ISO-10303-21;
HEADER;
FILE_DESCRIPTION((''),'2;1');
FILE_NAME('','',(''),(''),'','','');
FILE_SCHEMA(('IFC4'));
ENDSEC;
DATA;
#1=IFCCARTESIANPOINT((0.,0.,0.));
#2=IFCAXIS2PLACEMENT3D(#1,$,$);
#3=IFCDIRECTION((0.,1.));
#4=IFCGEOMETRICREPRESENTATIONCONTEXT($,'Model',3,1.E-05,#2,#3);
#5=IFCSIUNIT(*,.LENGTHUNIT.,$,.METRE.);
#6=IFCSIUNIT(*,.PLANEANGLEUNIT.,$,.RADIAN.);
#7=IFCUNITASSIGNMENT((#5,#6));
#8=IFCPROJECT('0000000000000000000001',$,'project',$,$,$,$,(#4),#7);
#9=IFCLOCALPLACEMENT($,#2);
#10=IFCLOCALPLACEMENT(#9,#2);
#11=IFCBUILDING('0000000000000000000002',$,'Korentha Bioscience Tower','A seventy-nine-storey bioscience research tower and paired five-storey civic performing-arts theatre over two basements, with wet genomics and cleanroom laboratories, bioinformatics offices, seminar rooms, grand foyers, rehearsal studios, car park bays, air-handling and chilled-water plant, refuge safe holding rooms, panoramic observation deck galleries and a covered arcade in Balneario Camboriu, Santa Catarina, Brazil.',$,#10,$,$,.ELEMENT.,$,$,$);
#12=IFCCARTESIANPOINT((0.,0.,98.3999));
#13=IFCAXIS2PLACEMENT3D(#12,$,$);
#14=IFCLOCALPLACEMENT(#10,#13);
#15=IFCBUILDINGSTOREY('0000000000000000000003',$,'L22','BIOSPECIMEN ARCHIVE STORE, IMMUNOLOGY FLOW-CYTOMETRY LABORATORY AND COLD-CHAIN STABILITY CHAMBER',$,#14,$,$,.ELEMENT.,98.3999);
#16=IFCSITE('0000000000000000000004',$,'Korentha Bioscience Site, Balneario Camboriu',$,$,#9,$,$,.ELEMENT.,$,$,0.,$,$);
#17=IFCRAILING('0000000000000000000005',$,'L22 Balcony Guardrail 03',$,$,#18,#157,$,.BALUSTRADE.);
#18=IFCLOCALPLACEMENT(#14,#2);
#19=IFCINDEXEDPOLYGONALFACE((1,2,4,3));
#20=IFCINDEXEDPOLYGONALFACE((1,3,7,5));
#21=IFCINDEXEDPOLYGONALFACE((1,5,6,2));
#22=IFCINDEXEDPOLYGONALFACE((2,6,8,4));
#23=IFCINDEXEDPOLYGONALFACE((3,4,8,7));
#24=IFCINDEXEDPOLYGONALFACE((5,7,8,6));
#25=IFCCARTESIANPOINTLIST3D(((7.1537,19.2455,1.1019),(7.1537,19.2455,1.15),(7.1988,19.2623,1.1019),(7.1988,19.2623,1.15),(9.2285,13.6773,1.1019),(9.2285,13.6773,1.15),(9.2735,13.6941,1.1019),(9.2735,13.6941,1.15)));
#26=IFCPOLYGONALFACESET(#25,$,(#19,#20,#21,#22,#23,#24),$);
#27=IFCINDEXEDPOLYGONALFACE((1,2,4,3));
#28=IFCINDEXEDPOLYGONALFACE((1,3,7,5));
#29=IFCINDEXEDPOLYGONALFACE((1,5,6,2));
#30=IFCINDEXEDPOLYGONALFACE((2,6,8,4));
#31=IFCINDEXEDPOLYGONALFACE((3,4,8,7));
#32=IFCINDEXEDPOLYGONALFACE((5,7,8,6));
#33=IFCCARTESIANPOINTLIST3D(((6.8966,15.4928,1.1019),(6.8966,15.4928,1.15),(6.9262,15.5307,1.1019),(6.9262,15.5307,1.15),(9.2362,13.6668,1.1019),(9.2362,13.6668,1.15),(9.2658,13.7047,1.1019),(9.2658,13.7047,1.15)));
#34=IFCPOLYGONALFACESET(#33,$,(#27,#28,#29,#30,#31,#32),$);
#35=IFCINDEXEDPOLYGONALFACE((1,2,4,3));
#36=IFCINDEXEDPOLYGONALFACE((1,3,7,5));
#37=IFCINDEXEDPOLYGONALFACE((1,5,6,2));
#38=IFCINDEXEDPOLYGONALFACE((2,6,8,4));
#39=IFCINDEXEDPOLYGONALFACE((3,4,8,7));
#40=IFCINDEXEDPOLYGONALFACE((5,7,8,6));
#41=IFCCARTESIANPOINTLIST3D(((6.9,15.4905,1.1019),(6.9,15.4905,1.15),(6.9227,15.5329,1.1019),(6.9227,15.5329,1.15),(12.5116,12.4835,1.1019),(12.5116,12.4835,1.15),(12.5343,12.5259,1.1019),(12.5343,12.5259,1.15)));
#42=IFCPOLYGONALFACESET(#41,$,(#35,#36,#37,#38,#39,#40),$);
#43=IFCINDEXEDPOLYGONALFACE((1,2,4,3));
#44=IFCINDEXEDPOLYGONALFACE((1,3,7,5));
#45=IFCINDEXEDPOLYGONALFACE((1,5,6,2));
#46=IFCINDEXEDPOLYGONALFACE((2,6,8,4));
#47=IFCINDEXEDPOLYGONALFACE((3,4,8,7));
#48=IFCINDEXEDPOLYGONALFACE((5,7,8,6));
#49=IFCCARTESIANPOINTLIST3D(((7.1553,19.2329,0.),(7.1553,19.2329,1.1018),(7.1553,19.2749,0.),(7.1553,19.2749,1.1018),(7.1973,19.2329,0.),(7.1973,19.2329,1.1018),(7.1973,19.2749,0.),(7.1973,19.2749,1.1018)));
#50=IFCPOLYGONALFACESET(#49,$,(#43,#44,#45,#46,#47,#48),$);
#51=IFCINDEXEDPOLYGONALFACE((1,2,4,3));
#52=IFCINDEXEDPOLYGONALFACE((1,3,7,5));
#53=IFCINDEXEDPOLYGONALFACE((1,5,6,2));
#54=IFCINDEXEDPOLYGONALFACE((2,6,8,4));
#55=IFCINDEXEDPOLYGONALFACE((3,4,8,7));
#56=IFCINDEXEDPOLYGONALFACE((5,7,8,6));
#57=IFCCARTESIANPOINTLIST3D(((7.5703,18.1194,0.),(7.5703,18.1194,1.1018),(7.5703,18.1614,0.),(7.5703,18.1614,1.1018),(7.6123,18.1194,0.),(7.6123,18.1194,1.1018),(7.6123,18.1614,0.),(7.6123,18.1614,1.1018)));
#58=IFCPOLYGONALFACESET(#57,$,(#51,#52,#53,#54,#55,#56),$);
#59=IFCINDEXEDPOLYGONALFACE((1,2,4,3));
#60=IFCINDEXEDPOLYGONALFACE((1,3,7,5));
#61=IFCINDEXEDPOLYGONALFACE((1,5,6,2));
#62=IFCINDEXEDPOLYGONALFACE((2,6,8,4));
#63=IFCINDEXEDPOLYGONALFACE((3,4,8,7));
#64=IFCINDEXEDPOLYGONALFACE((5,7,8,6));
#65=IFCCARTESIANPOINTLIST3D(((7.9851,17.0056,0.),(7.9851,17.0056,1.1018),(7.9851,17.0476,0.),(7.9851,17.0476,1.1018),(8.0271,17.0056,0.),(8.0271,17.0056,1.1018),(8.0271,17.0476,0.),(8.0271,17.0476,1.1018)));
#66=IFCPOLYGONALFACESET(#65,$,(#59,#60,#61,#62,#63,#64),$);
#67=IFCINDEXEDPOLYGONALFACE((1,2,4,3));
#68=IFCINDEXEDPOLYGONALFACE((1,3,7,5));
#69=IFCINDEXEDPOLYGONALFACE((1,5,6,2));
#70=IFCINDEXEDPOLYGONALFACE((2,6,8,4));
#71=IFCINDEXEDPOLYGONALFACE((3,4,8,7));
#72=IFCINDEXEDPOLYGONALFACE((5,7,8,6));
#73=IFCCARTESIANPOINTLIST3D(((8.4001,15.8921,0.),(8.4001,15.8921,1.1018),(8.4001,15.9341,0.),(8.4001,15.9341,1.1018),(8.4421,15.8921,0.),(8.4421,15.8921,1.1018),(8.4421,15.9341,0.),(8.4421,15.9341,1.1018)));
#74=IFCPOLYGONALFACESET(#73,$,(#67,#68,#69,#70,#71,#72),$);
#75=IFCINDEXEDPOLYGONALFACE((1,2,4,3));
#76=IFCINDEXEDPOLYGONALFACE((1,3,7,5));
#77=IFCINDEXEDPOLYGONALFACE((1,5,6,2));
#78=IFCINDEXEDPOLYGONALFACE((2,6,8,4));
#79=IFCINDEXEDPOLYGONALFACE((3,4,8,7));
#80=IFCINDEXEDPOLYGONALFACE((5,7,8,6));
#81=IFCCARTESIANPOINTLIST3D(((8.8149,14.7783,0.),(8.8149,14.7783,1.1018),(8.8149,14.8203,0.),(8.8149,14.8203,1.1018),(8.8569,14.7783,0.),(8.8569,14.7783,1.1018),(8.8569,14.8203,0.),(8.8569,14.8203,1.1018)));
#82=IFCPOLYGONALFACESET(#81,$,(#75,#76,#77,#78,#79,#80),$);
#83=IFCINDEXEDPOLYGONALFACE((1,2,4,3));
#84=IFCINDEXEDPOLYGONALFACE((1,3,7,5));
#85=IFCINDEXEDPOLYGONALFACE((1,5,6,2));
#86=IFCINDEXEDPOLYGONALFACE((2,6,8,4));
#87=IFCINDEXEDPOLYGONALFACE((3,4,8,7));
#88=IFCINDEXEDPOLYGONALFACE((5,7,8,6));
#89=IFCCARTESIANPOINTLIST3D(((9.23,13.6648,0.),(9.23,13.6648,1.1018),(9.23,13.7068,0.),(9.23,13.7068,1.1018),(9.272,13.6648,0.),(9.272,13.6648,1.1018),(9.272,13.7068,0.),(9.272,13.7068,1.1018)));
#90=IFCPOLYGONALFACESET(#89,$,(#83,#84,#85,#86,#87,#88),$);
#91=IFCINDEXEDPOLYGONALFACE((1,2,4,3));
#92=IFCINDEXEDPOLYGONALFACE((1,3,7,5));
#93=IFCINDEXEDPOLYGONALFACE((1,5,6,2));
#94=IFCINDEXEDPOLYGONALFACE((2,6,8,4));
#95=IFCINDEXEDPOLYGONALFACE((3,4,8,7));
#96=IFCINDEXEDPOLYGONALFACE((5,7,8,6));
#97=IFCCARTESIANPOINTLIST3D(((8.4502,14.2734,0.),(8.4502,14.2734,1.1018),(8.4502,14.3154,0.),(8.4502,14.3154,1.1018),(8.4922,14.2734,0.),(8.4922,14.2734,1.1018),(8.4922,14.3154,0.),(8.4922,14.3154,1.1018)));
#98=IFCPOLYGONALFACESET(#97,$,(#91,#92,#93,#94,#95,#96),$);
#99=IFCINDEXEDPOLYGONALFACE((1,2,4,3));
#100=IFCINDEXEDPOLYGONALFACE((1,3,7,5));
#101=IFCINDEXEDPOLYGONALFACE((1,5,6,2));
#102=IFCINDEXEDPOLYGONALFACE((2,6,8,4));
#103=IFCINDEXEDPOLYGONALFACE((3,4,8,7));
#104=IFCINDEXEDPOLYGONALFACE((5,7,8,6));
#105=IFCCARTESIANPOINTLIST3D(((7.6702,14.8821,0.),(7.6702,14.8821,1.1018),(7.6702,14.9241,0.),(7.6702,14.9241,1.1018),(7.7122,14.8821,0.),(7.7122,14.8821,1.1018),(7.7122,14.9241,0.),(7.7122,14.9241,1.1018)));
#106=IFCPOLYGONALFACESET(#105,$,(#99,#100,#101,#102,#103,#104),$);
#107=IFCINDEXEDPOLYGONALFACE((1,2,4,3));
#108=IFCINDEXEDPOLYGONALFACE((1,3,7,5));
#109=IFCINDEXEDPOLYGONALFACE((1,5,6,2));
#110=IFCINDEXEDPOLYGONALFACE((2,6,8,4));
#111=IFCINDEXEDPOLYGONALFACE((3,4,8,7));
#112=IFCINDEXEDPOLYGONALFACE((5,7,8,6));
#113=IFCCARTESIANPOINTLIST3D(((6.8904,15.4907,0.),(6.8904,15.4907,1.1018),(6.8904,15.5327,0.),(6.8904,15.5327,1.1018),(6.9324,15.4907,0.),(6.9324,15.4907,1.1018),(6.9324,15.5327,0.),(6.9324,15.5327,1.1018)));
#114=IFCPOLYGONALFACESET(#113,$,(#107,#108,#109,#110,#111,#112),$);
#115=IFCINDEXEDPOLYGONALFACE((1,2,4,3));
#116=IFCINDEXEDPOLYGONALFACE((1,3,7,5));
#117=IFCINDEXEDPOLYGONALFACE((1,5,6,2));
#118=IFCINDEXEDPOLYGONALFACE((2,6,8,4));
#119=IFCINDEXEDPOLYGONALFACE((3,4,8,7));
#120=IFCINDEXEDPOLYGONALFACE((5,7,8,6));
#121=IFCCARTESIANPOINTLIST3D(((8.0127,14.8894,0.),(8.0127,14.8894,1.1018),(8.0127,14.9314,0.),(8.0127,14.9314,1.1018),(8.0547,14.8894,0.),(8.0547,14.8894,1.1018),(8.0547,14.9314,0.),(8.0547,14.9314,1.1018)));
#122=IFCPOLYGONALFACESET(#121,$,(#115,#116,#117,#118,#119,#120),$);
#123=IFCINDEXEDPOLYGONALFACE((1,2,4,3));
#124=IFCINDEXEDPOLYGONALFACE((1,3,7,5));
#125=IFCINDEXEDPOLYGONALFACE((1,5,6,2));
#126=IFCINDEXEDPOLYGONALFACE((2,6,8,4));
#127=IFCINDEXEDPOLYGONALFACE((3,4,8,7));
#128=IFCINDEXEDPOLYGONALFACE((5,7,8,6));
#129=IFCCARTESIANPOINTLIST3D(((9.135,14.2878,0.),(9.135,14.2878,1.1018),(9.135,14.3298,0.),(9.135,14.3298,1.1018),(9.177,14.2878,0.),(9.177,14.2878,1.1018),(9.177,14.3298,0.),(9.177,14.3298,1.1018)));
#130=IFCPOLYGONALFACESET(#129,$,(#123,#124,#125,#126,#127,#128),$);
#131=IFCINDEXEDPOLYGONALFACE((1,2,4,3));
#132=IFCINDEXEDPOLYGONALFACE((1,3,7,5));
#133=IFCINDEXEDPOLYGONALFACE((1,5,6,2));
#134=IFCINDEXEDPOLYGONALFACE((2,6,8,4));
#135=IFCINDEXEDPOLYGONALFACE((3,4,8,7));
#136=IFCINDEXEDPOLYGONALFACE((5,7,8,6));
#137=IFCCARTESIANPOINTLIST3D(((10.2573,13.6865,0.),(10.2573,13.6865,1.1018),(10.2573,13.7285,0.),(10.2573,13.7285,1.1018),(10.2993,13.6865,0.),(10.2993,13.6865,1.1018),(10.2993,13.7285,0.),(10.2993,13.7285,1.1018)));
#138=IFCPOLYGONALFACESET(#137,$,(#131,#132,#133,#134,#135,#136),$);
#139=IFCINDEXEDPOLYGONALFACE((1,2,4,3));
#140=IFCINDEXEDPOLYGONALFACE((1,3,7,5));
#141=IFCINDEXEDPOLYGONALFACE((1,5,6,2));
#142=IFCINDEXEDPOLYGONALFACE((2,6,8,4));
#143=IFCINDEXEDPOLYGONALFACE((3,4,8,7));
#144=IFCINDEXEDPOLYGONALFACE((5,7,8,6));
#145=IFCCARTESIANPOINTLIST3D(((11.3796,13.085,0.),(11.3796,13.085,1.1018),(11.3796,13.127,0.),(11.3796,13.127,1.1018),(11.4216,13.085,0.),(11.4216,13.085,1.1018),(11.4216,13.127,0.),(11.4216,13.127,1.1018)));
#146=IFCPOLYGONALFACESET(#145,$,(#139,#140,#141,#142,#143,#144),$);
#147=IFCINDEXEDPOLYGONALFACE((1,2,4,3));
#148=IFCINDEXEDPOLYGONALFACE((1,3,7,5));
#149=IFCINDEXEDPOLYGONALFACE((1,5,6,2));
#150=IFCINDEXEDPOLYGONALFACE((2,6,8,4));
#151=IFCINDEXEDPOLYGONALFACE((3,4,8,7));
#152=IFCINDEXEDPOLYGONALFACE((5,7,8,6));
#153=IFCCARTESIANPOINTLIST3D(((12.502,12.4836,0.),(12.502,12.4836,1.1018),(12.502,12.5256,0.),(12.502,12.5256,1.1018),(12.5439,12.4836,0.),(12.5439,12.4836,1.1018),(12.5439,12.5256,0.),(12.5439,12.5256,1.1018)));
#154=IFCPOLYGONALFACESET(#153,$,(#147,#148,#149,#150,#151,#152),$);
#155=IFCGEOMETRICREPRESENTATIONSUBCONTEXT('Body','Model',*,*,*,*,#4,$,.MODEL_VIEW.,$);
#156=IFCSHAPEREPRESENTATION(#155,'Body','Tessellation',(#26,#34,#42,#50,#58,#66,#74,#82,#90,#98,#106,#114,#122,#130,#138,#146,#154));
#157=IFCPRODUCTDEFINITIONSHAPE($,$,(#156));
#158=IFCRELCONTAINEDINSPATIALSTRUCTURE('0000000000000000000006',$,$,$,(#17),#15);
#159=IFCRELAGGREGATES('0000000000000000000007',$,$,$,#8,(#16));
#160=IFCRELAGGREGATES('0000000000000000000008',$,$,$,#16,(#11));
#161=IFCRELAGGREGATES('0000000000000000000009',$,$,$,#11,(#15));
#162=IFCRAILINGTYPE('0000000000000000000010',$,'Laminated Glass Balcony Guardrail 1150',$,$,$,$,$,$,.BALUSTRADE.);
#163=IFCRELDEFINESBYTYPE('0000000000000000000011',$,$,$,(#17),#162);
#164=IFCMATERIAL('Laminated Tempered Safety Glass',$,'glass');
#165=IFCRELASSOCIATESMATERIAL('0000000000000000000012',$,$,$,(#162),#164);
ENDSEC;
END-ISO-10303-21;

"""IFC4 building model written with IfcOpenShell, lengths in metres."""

from ifc_helpers import new_model, si_unit, direction, frame, origin, origin_2d, place, context, subcontext, project, spatial, rectangle, extrude, material, type_object, element, save


model = new_model("IFC4")

# Units and contexts
model_context = context("Model", 3, precision=1e-05, world=origin(), true_north=direction((0.0, 1.0)))
body_context = subcontext(model_context, "Body", "Model", "MODEL_VIEW")
ifc_project = project(units=[si_unit("LENGTHUNIT", "METRE"), si_unit("PLANEANGLEUNIT", "RADIAN")], contexts=[model_context])

# Site, building, storey
site_placement = place(None, origin())
site = spatial("IfcSite", under=ifc_project, at=site_placement, Name="Korentha Bioscience Site, Balneario Camboriu", CompositionType="ELEMENT", RefElevation=0.0)
building_placement = place(site_placement, origin())
building = spatial("IfcBuilding", under=site, at=building_placement, Name="Korentha Bioscience Tower", Description="A seventy-nine-storey bioscience research tower and paired five-storey civic performing-arts theatre over two basements, with wet genomics and cleanroom laboratories, bioinformatics offices, seminar rooms, grand foyers, rehearsal studios, car park bays, air-handling and chilled-water plant, refuge safe holding rooms, panoramic observation deck galleries and a covered arcade in Balneario Camboriu, Santa Catarina, Brazil.", CompositionType="ELEMENT")
storey_placement = place(building_placement, frame((0.0, 0.0, 98.3999)))
storey = spatial("IfcBuildingStorey", under=building, at=storey_placement, Name="L22", Description="BIOSPECIMEN ARCHIVE STORE, IMMUNOLOGY FLOW-CYTOMETRY LABORATORY AND COLD-CHAIN STABILITY CHAMBER", CompositionType="ELEMENT", Elevation=98.3999)

# Railing
ifc_material_1 = material(Name="Laminated Tempered Safety Glass", Category="glass")
railing_type = type_object("IfcRailingType", Name="Laminated Glass Balcony Guardrail 1150", PredefinedType="BALUSTRADE", material=ifc_material_1)
railing_placement = place(storey_placement, frame((7.1763, 19.2539, 0.0)))
element("IfcRailing", 1, at=railing_placement, inside=storey, type_object=railing_type, Name="L22 Balcony Guardrail 03", PredefinedType="BALUSTRADE", context=body_context, shape_type="SweptSolid", body=[
    extrude(rectangle(XDim=0.0481, YDim=0.0481, at=origin_2d()), frame((0.0, 0.0, 1.126), z_axis=(0.349155, -0.937065, 0.0), x_axis=(0.937065, 0.349155, 0.0)), (0.0, 0.0, 1.0), 5.9421),
    extrude(rectangle(XDim=0.0481, YDim=0.0481, at=origin_2d()), frame((2.0747, -5.5681, 1.126), z_axis=(-0.788332, 0.61525, 0.0), x_axis=(-0.61525, -0.788332, 0.0)), (0.0, 0.0, 1.0), 2.9678),
    extrude(rectangle(XDim=0.0481, YDim=0.0481, at=origin_2d()), frame((-0.2649, -3.7422, 1.126), z_axis=(0.881422, -0.472329, 0.0), x_axis=(0.472329, 0.881422, 0.0)), (0.0, 0.0, 1.0), 6.3665),
    extrude(rectangle(XDim=0.042, YDim=0.042, at=origin_2d()), origin(), (0.0, 0.0, 1.0), 1.1018),
    extrude(rectangle(XDim=0.042, YDim=0.042, at=origin_2d()), frame((0.415, -1.1135, 0.0)), (0.0, 0.0, 1.0), 1.1018),
    extrude(rectangle(XDim=0.042, YDim=0.042, at=origin_2d()), frame((0.8298, -2.2273, 0.0)), (0.0, 0.0, 1.0), 1.1018),
    extrude(rectangle(XDim=0.042, YDim=0.042, at=origin_2d()), frame((1.2449, -3.3408, 0.0)), (0.0, 0.0, 1.0), 1.1018),
    extrude(rectangle(XDim=0.042, YDim=0.042, at=origin_2d()), frame((1.6597, -4.4546, 0.0)), (0.0, 0.0, 1.0), 1.1018),
    extrude(rectangle(XDim=0.042, YDim=0.042, at=origin_2d()), frame((2.0747, -5.5681, 0.0)), (0.0, 0.0, 1.0), 1.1018),
    extrude(rectangle(XDim=0.042, YDim=0.042, at=origin_2d()), frame((1.2949, -4.9595, 0.0)), (0.0, 0.0, 1.0), 1.1018),
    extrude(rectangle(XDim=0.042, YDim=0.042, at=origin_2d()), frame((0.5149, -4.3508, 0.0)), (0.0, 0.0, 1.0), 1.1018),
    extrude(rectangle(XDim=0.042, YDim=0.042, at=origin_2d()), frame((-0.2649, -3.7422, 0.0)), (0.0, 0.0, 1.0), 1.1018),
    extrude(rectangle(XDim=0.042, YDim=0.042, at=origin_2d()), frame((0.8574, -4.3435, 0.0)), (0.0, 0.0, 1.0), 1.1018),
    extrude(rectangle(XDim=0.042, YDim=0.042, at=origin_2d()), frame((1.9797, -4.9451, 0.0)), (0.0, 0.0, 1.0), 1.1018),
    extrude(rectangle(XDim=0.042, YDim=0.042, at=origin_2d()), frame((3.1021, -5.5464, 0.0)), (0.0, 0.0, 1.0), 1.1018),
    extrude(rectangle(XDim=0.042, YDim=0.042, at=origin_2d()), frame((4.2244, -6.1479, 0.0)), (0.0, 0.0, 1.0), 1.1018),
    extrude(rectangle(XDim=0.042, YDim=0.042, at=origin_2d()), frame((5.3467, -6.7493, 0.0)), (0.0, 0.0, 1.0), 1.1018),
])

save(model, "model.ifc")
